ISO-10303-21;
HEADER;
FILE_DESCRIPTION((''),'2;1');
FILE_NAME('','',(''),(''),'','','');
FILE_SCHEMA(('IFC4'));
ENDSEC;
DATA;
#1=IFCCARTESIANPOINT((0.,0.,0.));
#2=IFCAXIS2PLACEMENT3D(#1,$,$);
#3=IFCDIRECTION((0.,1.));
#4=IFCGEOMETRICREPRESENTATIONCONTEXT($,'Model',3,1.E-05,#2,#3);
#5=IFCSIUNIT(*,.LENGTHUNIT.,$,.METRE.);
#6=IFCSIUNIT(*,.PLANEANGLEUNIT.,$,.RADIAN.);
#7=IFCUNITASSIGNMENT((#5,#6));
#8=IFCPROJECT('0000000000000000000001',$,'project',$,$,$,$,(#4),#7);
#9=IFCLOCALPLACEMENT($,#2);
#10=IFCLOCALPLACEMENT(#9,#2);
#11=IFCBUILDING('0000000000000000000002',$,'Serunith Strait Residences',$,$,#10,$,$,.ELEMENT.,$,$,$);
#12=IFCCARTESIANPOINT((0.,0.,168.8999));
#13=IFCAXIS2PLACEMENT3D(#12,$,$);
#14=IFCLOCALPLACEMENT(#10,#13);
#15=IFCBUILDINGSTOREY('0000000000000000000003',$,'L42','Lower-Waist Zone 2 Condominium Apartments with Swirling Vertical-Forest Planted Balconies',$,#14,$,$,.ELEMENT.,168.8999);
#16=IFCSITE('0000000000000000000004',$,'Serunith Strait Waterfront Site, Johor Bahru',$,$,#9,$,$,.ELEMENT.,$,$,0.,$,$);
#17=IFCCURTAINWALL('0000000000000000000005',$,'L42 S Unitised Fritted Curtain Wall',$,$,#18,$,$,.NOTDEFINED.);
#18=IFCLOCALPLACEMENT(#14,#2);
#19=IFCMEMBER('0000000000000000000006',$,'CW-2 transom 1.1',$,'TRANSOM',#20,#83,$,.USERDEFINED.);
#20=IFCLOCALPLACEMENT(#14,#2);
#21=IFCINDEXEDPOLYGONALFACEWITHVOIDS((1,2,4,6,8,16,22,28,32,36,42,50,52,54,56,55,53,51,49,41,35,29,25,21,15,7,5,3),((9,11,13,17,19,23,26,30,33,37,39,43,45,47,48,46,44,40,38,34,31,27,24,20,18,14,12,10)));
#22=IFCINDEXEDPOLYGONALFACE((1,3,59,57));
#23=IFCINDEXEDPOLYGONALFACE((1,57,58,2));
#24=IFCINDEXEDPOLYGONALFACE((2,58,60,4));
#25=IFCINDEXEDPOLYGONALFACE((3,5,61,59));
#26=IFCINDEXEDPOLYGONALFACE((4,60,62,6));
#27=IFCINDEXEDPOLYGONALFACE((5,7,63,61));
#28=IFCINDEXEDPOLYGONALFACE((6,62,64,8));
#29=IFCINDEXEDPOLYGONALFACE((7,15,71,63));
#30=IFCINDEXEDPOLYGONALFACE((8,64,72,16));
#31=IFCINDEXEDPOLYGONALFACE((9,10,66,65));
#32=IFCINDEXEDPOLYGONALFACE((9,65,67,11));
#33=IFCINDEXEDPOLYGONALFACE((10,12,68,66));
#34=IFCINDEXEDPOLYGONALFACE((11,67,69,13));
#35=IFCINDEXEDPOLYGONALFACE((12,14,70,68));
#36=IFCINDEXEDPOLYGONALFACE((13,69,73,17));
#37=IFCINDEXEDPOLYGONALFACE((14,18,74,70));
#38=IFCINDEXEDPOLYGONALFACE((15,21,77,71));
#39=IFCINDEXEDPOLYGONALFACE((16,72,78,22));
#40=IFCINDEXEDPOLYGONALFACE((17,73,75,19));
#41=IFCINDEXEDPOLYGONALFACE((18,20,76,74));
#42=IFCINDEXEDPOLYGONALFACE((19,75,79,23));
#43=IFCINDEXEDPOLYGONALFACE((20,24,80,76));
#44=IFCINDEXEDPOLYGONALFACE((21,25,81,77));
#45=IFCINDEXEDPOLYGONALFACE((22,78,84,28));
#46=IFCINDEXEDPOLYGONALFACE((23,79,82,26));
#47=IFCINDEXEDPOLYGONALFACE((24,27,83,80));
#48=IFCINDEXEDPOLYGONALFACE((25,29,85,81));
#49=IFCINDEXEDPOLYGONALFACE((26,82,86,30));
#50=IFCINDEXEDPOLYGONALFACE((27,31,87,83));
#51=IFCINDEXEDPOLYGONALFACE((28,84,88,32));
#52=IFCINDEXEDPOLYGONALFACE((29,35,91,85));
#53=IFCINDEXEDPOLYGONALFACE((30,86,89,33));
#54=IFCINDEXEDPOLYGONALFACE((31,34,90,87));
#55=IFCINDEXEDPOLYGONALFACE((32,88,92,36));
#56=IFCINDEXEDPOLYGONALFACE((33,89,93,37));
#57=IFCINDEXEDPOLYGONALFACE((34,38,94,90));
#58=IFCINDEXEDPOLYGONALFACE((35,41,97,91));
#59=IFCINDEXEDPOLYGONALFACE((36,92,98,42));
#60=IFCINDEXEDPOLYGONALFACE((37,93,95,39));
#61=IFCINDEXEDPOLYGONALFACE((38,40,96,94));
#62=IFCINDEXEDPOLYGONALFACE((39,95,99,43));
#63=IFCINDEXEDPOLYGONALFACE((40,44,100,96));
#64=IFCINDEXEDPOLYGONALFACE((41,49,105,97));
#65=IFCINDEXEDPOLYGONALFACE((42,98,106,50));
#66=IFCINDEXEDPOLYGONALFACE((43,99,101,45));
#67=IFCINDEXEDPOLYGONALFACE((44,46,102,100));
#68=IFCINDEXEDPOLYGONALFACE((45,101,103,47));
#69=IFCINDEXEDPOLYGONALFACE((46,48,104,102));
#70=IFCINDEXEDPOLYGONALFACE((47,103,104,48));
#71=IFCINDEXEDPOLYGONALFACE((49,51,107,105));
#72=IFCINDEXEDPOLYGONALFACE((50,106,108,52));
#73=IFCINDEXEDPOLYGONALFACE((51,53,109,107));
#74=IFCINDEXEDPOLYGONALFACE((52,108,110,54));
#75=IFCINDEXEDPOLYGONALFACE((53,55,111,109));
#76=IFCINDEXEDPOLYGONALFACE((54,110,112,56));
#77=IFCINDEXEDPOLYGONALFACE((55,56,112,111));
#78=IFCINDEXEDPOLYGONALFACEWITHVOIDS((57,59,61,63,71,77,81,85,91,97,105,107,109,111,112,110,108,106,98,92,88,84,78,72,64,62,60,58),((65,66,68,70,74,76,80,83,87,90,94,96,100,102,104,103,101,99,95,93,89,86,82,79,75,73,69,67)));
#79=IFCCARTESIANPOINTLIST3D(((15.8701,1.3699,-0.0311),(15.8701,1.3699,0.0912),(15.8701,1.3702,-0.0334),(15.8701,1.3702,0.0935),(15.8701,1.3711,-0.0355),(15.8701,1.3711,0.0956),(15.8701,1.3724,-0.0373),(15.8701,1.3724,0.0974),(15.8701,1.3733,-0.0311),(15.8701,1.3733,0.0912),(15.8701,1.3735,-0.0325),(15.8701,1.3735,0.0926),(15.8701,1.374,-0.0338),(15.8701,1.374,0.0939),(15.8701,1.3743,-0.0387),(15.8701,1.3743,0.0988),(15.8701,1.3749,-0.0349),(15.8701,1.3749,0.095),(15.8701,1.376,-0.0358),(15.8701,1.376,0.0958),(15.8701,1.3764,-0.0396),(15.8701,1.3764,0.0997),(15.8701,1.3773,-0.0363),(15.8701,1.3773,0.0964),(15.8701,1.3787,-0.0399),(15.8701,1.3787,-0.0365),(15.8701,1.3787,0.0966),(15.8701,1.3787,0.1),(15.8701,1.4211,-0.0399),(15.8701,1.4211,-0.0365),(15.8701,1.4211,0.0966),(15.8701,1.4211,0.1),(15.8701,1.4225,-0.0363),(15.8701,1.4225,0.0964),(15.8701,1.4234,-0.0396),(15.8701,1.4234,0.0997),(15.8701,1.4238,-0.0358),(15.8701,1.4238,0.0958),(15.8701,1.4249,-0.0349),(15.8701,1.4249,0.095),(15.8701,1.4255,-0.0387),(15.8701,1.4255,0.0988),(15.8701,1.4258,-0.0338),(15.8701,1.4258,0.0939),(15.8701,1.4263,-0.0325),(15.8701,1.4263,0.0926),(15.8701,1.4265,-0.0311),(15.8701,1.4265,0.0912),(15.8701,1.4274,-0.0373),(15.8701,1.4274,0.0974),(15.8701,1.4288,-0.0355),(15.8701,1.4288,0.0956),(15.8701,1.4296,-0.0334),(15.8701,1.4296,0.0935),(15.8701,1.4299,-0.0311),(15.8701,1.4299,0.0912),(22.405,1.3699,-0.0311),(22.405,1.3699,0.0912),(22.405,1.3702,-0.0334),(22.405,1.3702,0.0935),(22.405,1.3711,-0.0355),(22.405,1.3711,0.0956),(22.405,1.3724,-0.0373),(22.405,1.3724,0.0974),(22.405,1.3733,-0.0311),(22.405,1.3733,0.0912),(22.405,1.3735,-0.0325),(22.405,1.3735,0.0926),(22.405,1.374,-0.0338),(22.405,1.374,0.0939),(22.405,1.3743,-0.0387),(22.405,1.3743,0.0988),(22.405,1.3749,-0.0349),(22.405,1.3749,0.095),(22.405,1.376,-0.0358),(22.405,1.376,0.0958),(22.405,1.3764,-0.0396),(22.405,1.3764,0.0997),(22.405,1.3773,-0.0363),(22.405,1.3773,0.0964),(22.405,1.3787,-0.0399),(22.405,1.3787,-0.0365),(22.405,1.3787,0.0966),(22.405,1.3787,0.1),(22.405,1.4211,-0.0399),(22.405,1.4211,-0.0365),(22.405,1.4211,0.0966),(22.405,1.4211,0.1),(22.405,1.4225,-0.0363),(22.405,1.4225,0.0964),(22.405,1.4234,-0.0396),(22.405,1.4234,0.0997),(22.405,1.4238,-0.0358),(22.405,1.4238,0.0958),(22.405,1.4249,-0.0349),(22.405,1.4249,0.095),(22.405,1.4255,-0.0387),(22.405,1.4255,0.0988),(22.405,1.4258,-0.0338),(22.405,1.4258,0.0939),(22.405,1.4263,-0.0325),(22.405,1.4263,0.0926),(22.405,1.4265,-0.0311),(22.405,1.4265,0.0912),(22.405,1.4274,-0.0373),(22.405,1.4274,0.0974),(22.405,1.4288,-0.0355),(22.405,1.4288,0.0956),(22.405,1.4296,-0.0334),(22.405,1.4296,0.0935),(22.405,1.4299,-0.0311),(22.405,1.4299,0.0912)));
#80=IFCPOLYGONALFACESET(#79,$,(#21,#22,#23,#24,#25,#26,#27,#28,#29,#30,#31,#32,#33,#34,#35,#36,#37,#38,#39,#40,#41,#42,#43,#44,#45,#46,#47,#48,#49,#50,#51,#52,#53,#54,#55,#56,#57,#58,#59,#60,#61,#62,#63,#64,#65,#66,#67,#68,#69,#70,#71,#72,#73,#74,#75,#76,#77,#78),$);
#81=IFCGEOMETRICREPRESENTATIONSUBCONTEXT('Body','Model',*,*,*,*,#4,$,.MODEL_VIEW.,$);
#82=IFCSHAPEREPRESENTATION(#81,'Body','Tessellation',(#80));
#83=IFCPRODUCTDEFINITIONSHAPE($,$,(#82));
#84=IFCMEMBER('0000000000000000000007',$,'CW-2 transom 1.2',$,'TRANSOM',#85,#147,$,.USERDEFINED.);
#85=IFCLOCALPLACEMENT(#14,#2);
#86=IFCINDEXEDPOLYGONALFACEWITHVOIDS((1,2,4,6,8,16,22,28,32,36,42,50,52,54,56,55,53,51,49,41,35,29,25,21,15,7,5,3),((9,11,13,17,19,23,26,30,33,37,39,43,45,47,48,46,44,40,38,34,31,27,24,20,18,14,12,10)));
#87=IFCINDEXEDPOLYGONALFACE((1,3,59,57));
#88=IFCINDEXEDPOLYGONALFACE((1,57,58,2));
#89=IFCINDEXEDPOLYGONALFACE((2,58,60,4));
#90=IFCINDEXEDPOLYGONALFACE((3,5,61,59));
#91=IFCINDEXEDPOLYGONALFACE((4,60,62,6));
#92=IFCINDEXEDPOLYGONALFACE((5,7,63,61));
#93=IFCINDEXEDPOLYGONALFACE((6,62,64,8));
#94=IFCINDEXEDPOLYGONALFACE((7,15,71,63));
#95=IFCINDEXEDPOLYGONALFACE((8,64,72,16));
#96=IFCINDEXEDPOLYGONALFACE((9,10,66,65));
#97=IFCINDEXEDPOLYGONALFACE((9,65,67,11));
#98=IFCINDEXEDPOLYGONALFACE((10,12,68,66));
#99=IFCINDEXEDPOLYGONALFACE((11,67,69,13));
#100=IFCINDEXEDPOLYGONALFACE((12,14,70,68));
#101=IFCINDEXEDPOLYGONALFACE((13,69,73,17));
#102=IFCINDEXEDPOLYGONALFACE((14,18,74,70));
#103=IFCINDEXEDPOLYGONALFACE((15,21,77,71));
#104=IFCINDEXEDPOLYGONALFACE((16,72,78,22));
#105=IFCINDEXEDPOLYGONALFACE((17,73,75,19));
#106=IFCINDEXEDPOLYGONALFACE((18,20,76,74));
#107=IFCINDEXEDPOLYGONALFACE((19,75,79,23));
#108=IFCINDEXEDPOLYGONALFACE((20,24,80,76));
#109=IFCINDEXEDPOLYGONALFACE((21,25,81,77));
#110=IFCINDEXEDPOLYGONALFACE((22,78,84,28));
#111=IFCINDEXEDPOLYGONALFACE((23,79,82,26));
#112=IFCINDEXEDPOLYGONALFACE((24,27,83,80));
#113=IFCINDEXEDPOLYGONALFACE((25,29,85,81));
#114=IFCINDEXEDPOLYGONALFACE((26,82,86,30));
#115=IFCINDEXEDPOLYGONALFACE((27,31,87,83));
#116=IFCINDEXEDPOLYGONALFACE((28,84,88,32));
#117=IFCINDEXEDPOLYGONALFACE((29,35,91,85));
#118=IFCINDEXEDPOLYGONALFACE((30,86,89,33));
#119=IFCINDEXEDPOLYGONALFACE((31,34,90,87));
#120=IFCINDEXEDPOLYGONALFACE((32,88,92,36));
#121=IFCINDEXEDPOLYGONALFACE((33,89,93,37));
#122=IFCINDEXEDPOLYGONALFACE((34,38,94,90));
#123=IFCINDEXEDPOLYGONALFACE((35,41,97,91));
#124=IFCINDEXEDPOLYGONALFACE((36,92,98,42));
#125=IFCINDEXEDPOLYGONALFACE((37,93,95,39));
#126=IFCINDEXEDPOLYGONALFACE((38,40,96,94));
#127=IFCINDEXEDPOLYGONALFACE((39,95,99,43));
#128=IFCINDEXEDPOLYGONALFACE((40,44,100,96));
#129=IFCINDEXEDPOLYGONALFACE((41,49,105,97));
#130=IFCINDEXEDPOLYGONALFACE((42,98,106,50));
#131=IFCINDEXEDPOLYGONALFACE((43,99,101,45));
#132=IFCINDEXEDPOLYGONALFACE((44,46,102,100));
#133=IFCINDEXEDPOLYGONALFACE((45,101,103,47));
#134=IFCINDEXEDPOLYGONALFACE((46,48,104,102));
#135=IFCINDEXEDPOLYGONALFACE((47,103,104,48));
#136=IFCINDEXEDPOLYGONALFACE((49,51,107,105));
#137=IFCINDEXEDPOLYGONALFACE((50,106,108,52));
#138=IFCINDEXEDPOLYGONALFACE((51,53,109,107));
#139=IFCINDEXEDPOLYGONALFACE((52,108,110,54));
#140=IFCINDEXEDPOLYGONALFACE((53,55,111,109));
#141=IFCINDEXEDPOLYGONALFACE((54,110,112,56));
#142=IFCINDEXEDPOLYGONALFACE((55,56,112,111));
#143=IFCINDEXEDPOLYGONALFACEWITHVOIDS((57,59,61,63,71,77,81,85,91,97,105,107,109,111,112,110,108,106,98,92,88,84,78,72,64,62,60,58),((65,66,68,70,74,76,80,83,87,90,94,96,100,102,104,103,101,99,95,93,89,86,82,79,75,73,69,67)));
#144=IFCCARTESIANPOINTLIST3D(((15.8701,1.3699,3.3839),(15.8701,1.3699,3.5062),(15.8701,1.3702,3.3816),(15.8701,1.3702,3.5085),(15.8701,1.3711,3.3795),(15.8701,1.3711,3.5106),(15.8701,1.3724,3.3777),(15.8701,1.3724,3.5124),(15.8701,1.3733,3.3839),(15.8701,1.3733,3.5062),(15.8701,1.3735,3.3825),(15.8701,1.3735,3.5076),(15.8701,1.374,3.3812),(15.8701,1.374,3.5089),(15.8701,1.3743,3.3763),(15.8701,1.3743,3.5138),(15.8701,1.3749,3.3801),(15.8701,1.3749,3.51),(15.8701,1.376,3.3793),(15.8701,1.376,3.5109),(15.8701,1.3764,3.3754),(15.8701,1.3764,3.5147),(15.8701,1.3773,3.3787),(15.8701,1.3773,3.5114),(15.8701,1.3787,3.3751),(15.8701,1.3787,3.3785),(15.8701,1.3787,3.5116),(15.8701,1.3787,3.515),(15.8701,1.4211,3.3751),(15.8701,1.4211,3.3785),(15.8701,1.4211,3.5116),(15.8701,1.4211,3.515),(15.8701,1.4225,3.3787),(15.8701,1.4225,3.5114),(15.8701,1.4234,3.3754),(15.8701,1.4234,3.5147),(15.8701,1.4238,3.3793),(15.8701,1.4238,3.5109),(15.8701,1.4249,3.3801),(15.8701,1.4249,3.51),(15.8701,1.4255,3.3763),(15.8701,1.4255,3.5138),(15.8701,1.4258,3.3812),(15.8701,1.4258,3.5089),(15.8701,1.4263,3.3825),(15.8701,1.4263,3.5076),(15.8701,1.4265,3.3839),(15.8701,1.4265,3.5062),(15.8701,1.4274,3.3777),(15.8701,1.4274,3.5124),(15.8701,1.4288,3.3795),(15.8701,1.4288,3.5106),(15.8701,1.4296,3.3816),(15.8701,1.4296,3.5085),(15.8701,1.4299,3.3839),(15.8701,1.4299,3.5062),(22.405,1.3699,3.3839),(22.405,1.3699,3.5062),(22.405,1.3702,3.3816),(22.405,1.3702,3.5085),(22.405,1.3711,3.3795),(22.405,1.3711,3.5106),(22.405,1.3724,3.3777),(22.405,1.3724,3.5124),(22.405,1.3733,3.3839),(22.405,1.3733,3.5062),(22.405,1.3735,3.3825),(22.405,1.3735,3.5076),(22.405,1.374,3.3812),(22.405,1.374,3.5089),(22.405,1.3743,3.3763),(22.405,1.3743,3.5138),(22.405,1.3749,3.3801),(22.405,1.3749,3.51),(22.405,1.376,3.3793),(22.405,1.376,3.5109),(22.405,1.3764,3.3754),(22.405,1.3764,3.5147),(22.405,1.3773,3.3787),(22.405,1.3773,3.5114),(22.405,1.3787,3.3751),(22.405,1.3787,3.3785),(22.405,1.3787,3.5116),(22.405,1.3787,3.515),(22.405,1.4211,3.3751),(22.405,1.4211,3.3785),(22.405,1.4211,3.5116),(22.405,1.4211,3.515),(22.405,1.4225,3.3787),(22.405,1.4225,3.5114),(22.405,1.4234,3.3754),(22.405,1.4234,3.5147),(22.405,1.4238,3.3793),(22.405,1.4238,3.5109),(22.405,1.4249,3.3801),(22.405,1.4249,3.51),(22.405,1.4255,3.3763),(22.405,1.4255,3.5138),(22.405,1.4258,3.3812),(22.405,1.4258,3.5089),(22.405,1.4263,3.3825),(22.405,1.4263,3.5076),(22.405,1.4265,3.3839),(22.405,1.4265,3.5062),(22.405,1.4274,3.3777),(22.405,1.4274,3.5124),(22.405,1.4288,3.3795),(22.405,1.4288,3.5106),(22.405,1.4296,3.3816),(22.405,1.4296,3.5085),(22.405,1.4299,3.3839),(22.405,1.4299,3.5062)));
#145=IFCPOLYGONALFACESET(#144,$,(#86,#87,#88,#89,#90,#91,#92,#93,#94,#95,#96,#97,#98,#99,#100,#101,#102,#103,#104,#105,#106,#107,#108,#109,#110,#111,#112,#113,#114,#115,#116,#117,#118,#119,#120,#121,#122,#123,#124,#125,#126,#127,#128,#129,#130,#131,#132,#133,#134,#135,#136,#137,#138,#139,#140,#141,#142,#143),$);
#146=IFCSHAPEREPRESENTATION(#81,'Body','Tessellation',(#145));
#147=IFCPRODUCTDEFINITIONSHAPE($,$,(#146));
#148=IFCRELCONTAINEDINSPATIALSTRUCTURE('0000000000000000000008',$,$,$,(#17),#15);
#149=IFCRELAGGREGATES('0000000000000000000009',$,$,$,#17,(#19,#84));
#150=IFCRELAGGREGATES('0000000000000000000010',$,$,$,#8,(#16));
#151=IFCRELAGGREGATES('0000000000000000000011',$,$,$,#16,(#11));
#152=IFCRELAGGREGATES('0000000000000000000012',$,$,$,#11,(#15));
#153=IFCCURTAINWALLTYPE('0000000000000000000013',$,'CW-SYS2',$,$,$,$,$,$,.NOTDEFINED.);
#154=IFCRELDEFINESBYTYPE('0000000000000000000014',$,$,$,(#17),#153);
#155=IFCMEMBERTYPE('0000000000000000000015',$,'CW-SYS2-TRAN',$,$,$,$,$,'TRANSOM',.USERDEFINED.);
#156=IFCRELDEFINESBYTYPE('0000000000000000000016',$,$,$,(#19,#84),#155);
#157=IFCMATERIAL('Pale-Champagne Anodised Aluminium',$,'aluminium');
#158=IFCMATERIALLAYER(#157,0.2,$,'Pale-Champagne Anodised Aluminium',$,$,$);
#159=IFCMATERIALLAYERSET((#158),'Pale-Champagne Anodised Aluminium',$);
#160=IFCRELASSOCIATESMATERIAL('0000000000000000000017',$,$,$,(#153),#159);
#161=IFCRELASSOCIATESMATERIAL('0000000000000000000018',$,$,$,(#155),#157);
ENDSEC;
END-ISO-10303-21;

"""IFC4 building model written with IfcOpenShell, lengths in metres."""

from ifc_helpers import new_model, si_unit, direction, frame, origin, origin_2d, place, context, subcontext, project, spatial, hollow_rectangle, extrude, source, transform, mapped, material, layer, layer_set, material_profile, profile_set, type_object, element, aggregate, save


model = new_model("IFC4")

# Units and contexts
model_context = context("Model", 3, precision=1e-05, world=origin(), true_north=direction((0.0, 1.0)))
body_context = subcontext(model_context, "Body", "Model", "MODEL_VIEW")
ifc_project = project(units=[si_unit("LENGTHUNIT", "METRE"), si_unit("PLANEANGLEUNIT", "RADIAN")], contexts=[model_context])

# Site, building, storey
site_placement = place(None, origin())
site = spatial("IfcSite", under=ifc_project, at=site_placement, Name="Serunith Strait Waterfront Site, Johor Bahru", CompositionType="ELEMENT", RefElevation=0.0)
building_placement = place(site_placement, origin())
building = spatial("IfcBuilding", under=site, at=building_placement, Name="Serunith Strait Residences", CompositionType="ELEMENT")
storey_placement = place(building_placement, frame((0.0, 0.0, 168.8999)))
storey = spatial("IfcBuildingStorey", under=building, at=storey_placement, Name="L42", Description="Lower-Waist Zone 2 Condominium Apartments with Swirling Vertical-Forest Planted Balconies", CompositionType="ELEMENT", Elevation=168.8999)

# Curtain wall
ifc_material_1 = material(Name="Pale-Champagne Anodised Aluminium", Category="aluminium")
ifc_layer_1 = layer(ifc_material_1, 0.2, Name="Pale-Champagne Anodised Aluminium")
ifc_layer_set_1 = layer_set([ifc_layer_1], Name="Pale-Champagne Anodised Aluminium")
curtain_wall_type = type_object("IfcCurtainWallType", Name="CW-SYS2", PredefinedType="NOTDEFINED", material=ifc_layer_set_1)
curtain_wall_1_placement = place(storey_placement, origin())
curtain_wall_1 = element("IfcCurtainWall", 1, at=curtain_wall_1_placement, inside=storey, type_object=curtain_wall_type, Name="L42 S Unitised Fritted Curtain Wall", PredefinedType="NOTDEFINED")

# Members
ifc_material_profile_1 = material_profile(ifc_material_1, hollow_rectangle(XDim=0.0601, YDim=0.1399, WallThickness=0.0034, InnerFilletRadius=0.0054, OuterFilletRadius=0.0088, at=origin_2d()), Name="ALU 140x60x3.5")
ifc_profile_set_1 = profile_set([ifc_material_profile_1], Name="Pale-Champagne Anodised Aluminium")
member_type_1 = type_object("IfcMemberType", Name="CW-SYS2-TRAN", ElementType="TRANSOM", PredefinedType="USERDEFINED", material=ifc_profile_set_1)
shared_shape_1 = source(origin(), body_context, "Body", "SweptSolid", [
    extrude(hollow_rectangle(XDim=0.0601, YDim=0.1399, WallThickness=0.0034, InnerFilletRadius=0.0054, OuterFilletRadius=0.0088, at=origin_2d()), origin(), (0.0, 0.0, 1.0), 6.5349),
])
member_1_placement = place(storey_placement, frame((15.8701, 1.3999, 0.03), z_axis=(1.0, 0.0, 0.0), x_axis=(0.0, 1.0, 0.0)))
member_1 = element("IfcMember", 2, at=member_1_placement, type_object=member_type_1, Name="CW-2 transom 1.1", ObjectType="TRANSOM", PredefinedType="USERDEFINED", context=body_context, shape_type="MappedRepresentation", body=[
    mapped(shared_shape_1, transform((0.0, 0.0, 0.0), scale=1.0)),
])
member_2_placement = place(storey_placement, frame((15.8701, 1.3999, 3.4451), z_axis=(1.0, 0.0, 0.0), x_axis=(0.0, 1.0, 0.0)))
member_2 = element("IfcMember", 3, at=member_2_placement, type_object=member_type_1, Name="CW-2 transom 1.2", ObjectType="TRANSOM", PredefinedType="USERDEFINED", context=body_context, shape_type="MappedRepresentation", body=[
    mapped(shared_shape_1, transform((0.0, 0.0, 0.0), scale=1.0)),
])
aggregate(curtain_wall_1, [member_1, member_2])

save(model, "model.ifc")
